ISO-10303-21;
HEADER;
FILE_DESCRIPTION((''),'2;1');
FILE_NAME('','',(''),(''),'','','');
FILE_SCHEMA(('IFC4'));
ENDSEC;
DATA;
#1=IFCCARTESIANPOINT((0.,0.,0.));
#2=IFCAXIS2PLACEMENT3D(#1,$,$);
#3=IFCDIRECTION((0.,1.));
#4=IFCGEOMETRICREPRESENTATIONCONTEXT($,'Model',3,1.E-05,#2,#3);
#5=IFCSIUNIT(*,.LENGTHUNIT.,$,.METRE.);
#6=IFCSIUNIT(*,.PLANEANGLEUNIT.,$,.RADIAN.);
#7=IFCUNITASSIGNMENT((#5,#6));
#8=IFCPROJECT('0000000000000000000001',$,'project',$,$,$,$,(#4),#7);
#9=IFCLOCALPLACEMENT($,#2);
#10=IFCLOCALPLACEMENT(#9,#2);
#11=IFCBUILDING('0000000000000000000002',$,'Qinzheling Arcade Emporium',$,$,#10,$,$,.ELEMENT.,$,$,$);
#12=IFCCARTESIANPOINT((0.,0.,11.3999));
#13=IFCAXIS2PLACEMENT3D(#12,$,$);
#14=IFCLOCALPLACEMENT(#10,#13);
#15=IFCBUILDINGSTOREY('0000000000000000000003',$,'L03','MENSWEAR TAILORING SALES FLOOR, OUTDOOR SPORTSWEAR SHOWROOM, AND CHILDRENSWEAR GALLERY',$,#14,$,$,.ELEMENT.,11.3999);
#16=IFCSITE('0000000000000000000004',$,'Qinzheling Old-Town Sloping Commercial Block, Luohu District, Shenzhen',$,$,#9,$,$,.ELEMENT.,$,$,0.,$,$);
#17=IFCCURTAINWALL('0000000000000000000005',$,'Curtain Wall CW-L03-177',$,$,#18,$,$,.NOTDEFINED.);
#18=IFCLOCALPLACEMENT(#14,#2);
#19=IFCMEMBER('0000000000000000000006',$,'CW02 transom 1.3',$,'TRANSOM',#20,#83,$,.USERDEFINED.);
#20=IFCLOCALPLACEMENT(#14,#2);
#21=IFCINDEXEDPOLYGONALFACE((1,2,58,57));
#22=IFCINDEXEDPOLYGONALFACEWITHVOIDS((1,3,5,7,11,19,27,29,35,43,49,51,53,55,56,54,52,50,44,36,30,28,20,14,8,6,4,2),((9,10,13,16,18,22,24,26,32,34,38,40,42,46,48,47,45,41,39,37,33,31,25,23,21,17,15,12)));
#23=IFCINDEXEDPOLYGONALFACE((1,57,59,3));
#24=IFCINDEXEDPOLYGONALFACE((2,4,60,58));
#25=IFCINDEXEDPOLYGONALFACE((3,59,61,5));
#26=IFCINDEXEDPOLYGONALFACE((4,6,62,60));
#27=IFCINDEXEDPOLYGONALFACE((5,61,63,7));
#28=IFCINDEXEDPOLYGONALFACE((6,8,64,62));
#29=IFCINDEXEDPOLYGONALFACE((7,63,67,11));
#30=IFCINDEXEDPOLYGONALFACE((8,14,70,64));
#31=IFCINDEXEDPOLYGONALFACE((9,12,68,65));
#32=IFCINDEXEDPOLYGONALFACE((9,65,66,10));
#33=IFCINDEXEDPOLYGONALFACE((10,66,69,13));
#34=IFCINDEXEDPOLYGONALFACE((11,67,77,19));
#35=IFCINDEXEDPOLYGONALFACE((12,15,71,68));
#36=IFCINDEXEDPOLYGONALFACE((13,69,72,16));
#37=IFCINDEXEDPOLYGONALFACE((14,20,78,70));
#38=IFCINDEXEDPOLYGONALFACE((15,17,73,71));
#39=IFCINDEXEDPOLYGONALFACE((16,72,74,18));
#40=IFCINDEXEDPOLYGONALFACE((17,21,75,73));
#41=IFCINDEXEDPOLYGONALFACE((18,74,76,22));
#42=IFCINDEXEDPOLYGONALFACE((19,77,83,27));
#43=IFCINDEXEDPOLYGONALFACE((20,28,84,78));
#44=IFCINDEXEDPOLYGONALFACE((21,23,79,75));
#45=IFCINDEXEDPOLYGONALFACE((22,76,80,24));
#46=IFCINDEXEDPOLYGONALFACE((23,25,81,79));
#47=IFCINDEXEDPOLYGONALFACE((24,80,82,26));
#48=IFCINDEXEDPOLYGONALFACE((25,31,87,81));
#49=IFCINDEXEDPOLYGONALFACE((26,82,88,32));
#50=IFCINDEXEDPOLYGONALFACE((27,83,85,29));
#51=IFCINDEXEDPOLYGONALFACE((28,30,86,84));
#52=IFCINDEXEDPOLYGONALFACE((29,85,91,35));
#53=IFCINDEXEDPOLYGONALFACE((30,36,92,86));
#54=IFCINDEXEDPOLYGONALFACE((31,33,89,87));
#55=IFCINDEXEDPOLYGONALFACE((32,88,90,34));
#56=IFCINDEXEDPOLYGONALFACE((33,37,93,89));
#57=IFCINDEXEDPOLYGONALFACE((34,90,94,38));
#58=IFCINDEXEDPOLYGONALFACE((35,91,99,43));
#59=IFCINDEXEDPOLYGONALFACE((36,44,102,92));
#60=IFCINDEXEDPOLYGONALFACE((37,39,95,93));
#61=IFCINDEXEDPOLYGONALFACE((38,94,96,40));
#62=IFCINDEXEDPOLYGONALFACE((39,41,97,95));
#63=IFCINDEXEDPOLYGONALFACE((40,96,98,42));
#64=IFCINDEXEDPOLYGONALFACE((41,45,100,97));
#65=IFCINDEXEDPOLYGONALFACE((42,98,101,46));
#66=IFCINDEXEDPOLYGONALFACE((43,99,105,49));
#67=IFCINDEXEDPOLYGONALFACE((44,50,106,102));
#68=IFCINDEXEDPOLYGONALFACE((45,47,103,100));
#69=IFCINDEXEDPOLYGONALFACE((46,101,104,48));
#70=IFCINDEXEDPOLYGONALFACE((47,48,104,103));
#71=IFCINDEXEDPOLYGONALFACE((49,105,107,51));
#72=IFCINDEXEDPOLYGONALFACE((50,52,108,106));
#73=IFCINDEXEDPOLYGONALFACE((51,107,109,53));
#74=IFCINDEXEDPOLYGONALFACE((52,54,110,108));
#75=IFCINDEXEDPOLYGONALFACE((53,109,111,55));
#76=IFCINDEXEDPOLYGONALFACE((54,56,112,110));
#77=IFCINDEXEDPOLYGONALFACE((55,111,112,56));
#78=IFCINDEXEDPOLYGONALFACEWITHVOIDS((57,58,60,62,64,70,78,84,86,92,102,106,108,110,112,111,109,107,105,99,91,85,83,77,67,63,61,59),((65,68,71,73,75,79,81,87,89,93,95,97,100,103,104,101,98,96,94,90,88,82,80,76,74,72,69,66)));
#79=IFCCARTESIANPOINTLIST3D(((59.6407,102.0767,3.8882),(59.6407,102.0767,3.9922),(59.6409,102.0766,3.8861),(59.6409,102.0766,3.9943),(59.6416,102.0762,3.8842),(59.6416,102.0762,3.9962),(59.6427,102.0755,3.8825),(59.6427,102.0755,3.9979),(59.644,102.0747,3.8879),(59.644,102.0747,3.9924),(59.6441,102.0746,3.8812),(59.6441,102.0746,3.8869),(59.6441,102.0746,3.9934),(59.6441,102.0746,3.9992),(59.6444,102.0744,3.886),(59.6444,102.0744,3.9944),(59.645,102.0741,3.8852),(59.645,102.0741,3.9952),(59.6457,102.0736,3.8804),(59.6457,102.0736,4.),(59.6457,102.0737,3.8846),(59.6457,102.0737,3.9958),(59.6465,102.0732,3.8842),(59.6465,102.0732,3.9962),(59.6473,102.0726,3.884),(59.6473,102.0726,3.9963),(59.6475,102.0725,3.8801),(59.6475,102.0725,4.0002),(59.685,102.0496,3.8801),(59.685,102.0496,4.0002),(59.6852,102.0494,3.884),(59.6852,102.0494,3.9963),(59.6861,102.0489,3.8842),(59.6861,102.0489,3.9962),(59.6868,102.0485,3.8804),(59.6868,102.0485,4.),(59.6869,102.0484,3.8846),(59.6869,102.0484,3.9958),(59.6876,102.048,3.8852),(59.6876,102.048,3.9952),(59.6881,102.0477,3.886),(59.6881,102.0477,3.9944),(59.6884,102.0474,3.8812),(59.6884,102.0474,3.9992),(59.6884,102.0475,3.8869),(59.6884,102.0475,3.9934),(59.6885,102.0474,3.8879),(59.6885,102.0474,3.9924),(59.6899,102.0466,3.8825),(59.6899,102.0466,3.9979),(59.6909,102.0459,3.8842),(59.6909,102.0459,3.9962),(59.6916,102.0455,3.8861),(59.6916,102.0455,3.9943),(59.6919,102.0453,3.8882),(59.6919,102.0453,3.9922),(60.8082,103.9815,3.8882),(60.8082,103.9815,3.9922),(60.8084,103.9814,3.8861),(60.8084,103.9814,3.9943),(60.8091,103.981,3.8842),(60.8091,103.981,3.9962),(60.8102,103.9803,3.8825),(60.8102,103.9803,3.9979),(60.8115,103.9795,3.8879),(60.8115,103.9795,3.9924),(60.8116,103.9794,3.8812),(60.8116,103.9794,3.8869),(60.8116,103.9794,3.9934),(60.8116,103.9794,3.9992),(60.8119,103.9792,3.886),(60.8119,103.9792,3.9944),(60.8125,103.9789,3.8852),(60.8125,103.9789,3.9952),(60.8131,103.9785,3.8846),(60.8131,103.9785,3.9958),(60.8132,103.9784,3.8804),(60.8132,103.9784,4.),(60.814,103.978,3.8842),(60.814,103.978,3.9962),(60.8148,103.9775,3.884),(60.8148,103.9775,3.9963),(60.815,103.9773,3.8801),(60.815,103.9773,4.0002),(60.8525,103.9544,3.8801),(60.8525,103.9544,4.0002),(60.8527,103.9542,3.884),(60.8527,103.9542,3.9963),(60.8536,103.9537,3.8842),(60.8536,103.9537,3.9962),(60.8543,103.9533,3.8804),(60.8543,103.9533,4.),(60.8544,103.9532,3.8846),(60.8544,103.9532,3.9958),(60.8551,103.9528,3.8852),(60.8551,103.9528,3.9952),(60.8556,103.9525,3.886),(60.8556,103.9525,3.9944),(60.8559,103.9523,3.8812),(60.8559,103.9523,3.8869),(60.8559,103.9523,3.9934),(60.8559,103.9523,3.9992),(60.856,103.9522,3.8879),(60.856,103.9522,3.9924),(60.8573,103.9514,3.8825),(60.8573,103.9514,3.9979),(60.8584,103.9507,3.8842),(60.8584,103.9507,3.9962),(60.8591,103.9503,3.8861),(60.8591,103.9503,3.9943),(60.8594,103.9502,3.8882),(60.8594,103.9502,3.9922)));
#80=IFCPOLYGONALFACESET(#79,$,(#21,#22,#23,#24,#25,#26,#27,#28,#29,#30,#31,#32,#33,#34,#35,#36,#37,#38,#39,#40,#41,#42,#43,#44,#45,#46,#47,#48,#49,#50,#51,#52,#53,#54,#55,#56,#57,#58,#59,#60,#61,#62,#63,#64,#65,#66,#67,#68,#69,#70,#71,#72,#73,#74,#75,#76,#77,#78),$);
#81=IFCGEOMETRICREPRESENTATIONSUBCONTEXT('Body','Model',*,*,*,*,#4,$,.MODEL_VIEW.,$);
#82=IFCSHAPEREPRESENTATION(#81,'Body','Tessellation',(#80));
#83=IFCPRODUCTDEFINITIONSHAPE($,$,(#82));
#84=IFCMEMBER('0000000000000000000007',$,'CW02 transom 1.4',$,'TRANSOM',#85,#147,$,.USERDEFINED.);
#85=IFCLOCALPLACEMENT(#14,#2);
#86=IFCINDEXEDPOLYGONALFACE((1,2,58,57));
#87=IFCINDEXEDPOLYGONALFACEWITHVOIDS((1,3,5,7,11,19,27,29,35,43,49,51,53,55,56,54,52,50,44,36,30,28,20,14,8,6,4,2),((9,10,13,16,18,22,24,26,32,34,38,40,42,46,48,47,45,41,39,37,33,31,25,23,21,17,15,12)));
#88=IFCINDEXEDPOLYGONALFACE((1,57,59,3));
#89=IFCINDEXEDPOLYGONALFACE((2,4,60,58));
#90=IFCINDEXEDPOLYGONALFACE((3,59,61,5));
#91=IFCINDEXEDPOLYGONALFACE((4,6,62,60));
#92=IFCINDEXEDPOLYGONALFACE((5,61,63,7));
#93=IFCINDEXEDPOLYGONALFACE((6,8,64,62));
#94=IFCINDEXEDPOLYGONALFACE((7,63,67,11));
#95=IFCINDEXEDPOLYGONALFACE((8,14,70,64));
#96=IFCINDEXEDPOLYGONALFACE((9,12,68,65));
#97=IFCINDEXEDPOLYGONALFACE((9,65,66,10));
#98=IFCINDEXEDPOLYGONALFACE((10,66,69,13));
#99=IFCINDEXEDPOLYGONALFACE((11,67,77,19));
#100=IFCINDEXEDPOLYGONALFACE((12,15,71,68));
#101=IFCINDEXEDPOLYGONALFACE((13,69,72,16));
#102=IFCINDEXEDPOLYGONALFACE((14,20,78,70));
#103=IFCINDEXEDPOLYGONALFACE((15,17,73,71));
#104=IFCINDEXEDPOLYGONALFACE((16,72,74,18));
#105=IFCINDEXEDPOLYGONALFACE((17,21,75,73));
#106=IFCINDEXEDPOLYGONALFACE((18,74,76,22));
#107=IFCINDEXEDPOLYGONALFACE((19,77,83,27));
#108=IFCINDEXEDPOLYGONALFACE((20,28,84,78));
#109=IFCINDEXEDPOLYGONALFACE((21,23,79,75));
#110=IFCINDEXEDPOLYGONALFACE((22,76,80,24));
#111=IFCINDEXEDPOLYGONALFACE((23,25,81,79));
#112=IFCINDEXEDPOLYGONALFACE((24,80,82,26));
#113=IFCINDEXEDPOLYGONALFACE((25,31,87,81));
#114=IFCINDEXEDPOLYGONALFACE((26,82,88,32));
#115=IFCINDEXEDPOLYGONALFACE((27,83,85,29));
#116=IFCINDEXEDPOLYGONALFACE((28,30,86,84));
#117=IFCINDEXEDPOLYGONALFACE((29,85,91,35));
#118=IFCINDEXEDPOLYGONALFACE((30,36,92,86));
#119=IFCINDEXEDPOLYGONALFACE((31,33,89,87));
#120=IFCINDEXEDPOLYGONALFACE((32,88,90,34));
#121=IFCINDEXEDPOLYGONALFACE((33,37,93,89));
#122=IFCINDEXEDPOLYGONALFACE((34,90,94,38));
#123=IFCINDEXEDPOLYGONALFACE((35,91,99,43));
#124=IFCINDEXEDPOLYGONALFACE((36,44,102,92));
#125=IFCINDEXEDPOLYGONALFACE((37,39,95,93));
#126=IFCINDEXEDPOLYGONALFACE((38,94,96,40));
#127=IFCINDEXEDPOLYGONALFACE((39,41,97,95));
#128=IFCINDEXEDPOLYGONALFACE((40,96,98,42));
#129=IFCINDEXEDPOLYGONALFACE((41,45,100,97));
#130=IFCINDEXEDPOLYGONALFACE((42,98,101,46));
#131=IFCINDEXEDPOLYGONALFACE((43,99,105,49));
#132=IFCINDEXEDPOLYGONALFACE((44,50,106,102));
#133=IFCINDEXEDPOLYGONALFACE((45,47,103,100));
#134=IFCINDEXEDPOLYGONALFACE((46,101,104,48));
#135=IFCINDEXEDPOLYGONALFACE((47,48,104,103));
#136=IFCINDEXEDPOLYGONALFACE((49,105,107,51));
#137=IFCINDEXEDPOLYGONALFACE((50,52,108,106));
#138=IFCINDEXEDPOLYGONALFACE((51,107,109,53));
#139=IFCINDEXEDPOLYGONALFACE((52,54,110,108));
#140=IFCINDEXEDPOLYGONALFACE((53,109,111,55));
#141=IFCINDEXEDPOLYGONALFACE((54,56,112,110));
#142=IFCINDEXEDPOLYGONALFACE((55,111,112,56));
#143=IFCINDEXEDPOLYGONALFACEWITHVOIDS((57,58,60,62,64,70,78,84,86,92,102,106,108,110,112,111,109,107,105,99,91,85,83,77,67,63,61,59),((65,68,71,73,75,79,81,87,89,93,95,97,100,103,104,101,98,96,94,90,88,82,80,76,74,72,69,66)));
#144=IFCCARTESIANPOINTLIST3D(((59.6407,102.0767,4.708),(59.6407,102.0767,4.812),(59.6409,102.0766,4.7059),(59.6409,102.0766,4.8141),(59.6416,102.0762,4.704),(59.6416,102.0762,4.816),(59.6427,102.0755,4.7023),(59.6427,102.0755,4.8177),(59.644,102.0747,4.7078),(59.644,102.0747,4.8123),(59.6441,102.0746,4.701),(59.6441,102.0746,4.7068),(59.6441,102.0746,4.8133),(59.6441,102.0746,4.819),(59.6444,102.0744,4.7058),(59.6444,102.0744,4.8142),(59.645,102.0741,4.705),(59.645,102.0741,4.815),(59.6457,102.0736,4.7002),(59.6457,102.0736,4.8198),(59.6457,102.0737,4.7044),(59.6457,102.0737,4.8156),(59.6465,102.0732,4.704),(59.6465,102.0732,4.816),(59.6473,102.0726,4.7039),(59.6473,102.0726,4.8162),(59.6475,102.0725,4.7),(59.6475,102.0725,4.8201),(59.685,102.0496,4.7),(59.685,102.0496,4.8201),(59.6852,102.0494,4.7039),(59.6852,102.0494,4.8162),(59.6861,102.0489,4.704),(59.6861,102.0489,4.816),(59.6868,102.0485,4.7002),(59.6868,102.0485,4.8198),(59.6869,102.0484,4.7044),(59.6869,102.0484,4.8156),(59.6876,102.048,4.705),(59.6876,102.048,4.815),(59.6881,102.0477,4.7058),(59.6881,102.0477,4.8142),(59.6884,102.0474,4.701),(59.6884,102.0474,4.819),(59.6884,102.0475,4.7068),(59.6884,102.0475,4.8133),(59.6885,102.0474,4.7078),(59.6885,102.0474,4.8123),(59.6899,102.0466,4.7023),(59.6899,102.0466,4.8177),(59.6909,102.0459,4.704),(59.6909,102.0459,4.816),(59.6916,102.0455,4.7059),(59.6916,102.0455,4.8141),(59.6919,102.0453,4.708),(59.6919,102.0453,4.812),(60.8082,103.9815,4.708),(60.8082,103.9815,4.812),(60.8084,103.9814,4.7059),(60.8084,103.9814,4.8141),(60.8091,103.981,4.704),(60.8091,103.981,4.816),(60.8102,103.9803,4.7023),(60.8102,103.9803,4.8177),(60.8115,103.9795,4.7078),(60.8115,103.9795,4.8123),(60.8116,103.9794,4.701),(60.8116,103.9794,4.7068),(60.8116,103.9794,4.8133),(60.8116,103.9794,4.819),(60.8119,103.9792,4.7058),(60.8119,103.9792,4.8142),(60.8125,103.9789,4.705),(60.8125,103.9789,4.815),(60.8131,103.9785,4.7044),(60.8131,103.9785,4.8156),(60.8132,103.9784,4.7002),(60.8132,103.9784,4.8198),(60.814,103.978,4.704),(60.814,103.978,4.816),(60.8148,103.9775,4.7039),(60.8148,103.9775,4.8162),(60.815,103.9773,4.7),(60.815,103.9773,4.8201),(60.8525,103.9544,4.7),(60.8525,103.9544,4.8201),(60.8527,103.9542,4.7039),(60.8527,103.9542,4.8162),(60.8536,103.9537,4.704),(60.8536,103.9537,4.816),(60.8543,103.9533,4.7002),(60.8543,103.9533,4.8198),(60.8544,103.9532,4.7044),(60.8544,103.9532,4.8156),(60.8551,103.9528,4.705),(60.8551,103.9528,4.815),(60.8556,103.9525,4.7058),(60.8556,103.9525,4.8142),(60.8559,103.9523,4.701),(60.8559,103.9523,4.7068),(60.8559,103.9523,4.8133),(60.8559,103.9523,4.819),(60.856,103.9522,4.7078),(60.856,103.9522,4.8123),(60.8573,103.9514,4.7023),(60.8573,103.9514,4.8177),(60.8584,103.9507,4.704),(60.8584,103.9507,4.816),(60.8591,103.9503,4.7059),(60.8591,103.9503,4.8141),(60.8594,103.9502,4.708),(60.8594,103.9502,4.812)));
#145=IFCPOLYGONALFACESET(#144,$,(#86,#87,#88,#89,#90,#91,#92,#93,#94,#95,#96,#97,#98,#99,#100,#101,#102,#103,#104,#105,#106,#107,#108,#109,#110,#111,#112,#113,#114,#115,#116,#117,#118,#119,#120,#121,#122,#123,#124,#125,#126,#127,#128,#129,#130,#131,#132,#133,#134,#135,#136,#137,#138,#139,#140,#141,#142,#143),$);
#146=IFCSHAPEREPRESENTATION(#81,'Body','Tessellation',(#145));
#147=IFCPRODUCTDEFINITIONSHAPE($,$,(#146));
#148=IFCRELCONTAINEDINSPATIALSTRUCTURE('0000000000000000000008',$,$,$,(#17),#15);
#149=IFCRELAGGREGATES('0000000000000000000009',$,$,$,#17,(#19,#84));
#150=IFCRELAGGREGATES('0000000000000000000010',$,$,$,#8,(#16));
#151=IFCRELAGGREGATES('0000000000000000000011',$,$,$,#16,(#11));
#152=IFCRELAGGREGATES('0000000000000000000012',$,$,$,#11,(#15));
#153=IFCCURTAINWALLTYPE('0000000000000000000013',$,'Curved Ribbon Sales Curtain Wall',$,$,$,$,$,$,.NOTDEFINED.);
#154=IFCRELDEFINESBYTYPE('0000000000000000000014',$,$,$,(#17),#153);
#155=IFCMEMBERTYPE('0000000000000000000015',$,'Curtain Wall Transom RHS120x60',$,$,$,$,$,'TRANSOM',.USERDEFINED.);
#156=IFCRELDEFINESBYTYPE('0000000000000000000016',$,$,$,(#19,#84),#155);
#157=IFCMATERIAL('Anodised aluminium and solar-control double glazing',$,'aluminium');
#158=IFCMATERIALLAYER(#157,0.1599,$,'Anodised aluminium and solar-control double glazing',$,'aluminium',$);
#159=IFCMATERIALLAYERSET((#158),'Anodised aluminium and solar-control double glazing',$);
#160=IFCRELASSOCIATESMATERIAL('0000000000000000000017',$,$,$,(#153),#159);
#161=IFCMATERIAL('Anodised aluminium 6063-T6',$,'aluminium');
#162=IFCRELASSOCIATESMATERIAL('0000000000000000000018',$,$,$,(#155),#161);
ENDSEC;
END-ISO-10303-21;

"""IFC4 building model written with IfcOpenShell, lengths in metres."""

from ifc_helpers import new_model, si_unit, direction, frame, origin, origin_2d, place, context, subcontext, project, spatial, hollow_rectangle, extrude, material, layer, layer_set, material_profile, profile_set, type_object, element, aggregate, save


model = new_model("IFC4")

# Units and contexts
model_context = context("Model", 3, precision=1e-05, world=origin(), true_north=direction((0.0, 1.0)))
body_context = subcontext(model_context, "Body", "Model", "MODEL_VIEW")
ifc_project = project(units=[si_unit("LENGTHUNIT", "METRE"), si_unit("PLANEANGLEUNIT", "RADIAN")], contexts=[model_context])

# Site, building, storey
site_placement = place(None, origin())
site = spatial("IfcSite", under=ifc_project, at=site_placement, Name="Qinzheling Old-Town Sloping Commercial Block, Luohu District, Shenzhen", CompositionType="ELEMENT", RefElevation=0.0)
building_placement = place(site_placement, origin())
building = spatial("IfcBuilding", under=site, at=building_placement, Name="Qinzheling Arcade Emporium", CompositionType="ELEMENT")
storey_placement = place(building_placement, frame((0.0, 0.0, 11.3999)))
storey = spatial("IfcBuildingStorey", under=building, at=storey_placement, Name="L03", Description="MENSWEAR TAILORING SALES FLOOR, OUTDOOR SPORTSWEAR SHOWROOM, AND CHILDRENSWEAR GALLERY", CompositionType="ELEMENT", Elevation=11.3999)

# Shared definitions
ifc_material_1 = material(Name="Anodised aluminium and solar-control double glazing", Category="aluminium")
ifc_layer_1 = layer(ifc_material_1, 0.1599, Name="Anodised aluminium and solar-control double glazing", Category="aluminium")
ifc_layer_set_1 = layer_set([ifc_layer_1], Name="Anodised aluminium and solar-control double glazing")
curtain_wall_type = type_object("IfcCurtainWallType", Name="Curved Ribbon Sales Curtain Wall", PredefinedType="NOTDEFINED", material=ifc_layer_set_1)
ifc_material_2 = material(Name="Anodised aluminium 6063-T6", Category="aluminium")

# Curtain wall
curtain_wall_1_placement = place(storey_placement, origin())
curtain_wall_1 = element("IfcCurtainWall", 1, at=curtain_wall_1_placement, inside=storey, type_object=curtain_wall_type, Name="Curtain Wall CW-L03-177", PredefinedType="NOTDEFINED")

# Members
ifc_material_profile_1 = material_profile(ifc_material_2, hollow_rectangle(XDim=0.0601, YDim=0.1201, WallThickness=0.0039, InnerFilletRadius=0.0039, OuterFilletRadius=0.0081, at=origin_2d()), Name="RHS 120x60x4", Category="aluminium")
ifc_profile_set_1 = profile_set([ifc_material_profile_1], Name="Anodised aluminium 6063-T6")
member_type_1 = type_object("IfcMemberType", Name="Curtain Wall Transom RHS120x60", ElementType="TRANSOM", PredefinedType="USERDEFINED", material=ifc_profile_set_1)
member_1_placement = place(storey_placement, frame((59.6663, 102.061, 3.9402), z_axis=(0.522572, 0.852595, 0.0), x_axis=(-0.852595, 0.522572, 0.0)))
member_1 = element("IfcMember", 2, at=member_1_placement, type_object=member_type_1, Name="CW02 transom 1.3", ObjectType="TRANSOM", PredefinedType="USERDEFINED", context=body_context, shape_type="SweptSolid", body=[
    extrude(hollow_rectangle(XDim=0.0601, YDim=0.1201, WallThickness=0.0039, InnerFilletRadius=0.0039, OuterFilletRadius=0.0081, at=origin_2d()), origin(), (0.0, 0.0, 1.0), 2.2341),
])
member_2_placement = place(storey_placement, frame((59.6663, 102.061, 4.76), z_axis=(0.522572, 0.852595, 0.0), x_axis=(-0.852595, 0.522572, 0.0)))
member_2 = element("IfcMember", 3, at=member_2_placement, type_object=member_type_1, Name="CW02 transom 1.4", ObjectType="TRANSOM", PredefinedType="USERDEFINED", context=body_context, shape_type="SweptSolid", body=[
    extrude(hollow_rectangle(XDim=0.0601, YDim=0.1201, WallThickness=0.0039, InnerFilletRadius=0.0039, OuterFilletRadius=0.0081, at=origin_2d()), origin(), (0.0, 0.0, 1.0), 2.2341),
])

aggregate(curtain_wall_1, [member_1, member_2])

save(model, "model.ifc")
